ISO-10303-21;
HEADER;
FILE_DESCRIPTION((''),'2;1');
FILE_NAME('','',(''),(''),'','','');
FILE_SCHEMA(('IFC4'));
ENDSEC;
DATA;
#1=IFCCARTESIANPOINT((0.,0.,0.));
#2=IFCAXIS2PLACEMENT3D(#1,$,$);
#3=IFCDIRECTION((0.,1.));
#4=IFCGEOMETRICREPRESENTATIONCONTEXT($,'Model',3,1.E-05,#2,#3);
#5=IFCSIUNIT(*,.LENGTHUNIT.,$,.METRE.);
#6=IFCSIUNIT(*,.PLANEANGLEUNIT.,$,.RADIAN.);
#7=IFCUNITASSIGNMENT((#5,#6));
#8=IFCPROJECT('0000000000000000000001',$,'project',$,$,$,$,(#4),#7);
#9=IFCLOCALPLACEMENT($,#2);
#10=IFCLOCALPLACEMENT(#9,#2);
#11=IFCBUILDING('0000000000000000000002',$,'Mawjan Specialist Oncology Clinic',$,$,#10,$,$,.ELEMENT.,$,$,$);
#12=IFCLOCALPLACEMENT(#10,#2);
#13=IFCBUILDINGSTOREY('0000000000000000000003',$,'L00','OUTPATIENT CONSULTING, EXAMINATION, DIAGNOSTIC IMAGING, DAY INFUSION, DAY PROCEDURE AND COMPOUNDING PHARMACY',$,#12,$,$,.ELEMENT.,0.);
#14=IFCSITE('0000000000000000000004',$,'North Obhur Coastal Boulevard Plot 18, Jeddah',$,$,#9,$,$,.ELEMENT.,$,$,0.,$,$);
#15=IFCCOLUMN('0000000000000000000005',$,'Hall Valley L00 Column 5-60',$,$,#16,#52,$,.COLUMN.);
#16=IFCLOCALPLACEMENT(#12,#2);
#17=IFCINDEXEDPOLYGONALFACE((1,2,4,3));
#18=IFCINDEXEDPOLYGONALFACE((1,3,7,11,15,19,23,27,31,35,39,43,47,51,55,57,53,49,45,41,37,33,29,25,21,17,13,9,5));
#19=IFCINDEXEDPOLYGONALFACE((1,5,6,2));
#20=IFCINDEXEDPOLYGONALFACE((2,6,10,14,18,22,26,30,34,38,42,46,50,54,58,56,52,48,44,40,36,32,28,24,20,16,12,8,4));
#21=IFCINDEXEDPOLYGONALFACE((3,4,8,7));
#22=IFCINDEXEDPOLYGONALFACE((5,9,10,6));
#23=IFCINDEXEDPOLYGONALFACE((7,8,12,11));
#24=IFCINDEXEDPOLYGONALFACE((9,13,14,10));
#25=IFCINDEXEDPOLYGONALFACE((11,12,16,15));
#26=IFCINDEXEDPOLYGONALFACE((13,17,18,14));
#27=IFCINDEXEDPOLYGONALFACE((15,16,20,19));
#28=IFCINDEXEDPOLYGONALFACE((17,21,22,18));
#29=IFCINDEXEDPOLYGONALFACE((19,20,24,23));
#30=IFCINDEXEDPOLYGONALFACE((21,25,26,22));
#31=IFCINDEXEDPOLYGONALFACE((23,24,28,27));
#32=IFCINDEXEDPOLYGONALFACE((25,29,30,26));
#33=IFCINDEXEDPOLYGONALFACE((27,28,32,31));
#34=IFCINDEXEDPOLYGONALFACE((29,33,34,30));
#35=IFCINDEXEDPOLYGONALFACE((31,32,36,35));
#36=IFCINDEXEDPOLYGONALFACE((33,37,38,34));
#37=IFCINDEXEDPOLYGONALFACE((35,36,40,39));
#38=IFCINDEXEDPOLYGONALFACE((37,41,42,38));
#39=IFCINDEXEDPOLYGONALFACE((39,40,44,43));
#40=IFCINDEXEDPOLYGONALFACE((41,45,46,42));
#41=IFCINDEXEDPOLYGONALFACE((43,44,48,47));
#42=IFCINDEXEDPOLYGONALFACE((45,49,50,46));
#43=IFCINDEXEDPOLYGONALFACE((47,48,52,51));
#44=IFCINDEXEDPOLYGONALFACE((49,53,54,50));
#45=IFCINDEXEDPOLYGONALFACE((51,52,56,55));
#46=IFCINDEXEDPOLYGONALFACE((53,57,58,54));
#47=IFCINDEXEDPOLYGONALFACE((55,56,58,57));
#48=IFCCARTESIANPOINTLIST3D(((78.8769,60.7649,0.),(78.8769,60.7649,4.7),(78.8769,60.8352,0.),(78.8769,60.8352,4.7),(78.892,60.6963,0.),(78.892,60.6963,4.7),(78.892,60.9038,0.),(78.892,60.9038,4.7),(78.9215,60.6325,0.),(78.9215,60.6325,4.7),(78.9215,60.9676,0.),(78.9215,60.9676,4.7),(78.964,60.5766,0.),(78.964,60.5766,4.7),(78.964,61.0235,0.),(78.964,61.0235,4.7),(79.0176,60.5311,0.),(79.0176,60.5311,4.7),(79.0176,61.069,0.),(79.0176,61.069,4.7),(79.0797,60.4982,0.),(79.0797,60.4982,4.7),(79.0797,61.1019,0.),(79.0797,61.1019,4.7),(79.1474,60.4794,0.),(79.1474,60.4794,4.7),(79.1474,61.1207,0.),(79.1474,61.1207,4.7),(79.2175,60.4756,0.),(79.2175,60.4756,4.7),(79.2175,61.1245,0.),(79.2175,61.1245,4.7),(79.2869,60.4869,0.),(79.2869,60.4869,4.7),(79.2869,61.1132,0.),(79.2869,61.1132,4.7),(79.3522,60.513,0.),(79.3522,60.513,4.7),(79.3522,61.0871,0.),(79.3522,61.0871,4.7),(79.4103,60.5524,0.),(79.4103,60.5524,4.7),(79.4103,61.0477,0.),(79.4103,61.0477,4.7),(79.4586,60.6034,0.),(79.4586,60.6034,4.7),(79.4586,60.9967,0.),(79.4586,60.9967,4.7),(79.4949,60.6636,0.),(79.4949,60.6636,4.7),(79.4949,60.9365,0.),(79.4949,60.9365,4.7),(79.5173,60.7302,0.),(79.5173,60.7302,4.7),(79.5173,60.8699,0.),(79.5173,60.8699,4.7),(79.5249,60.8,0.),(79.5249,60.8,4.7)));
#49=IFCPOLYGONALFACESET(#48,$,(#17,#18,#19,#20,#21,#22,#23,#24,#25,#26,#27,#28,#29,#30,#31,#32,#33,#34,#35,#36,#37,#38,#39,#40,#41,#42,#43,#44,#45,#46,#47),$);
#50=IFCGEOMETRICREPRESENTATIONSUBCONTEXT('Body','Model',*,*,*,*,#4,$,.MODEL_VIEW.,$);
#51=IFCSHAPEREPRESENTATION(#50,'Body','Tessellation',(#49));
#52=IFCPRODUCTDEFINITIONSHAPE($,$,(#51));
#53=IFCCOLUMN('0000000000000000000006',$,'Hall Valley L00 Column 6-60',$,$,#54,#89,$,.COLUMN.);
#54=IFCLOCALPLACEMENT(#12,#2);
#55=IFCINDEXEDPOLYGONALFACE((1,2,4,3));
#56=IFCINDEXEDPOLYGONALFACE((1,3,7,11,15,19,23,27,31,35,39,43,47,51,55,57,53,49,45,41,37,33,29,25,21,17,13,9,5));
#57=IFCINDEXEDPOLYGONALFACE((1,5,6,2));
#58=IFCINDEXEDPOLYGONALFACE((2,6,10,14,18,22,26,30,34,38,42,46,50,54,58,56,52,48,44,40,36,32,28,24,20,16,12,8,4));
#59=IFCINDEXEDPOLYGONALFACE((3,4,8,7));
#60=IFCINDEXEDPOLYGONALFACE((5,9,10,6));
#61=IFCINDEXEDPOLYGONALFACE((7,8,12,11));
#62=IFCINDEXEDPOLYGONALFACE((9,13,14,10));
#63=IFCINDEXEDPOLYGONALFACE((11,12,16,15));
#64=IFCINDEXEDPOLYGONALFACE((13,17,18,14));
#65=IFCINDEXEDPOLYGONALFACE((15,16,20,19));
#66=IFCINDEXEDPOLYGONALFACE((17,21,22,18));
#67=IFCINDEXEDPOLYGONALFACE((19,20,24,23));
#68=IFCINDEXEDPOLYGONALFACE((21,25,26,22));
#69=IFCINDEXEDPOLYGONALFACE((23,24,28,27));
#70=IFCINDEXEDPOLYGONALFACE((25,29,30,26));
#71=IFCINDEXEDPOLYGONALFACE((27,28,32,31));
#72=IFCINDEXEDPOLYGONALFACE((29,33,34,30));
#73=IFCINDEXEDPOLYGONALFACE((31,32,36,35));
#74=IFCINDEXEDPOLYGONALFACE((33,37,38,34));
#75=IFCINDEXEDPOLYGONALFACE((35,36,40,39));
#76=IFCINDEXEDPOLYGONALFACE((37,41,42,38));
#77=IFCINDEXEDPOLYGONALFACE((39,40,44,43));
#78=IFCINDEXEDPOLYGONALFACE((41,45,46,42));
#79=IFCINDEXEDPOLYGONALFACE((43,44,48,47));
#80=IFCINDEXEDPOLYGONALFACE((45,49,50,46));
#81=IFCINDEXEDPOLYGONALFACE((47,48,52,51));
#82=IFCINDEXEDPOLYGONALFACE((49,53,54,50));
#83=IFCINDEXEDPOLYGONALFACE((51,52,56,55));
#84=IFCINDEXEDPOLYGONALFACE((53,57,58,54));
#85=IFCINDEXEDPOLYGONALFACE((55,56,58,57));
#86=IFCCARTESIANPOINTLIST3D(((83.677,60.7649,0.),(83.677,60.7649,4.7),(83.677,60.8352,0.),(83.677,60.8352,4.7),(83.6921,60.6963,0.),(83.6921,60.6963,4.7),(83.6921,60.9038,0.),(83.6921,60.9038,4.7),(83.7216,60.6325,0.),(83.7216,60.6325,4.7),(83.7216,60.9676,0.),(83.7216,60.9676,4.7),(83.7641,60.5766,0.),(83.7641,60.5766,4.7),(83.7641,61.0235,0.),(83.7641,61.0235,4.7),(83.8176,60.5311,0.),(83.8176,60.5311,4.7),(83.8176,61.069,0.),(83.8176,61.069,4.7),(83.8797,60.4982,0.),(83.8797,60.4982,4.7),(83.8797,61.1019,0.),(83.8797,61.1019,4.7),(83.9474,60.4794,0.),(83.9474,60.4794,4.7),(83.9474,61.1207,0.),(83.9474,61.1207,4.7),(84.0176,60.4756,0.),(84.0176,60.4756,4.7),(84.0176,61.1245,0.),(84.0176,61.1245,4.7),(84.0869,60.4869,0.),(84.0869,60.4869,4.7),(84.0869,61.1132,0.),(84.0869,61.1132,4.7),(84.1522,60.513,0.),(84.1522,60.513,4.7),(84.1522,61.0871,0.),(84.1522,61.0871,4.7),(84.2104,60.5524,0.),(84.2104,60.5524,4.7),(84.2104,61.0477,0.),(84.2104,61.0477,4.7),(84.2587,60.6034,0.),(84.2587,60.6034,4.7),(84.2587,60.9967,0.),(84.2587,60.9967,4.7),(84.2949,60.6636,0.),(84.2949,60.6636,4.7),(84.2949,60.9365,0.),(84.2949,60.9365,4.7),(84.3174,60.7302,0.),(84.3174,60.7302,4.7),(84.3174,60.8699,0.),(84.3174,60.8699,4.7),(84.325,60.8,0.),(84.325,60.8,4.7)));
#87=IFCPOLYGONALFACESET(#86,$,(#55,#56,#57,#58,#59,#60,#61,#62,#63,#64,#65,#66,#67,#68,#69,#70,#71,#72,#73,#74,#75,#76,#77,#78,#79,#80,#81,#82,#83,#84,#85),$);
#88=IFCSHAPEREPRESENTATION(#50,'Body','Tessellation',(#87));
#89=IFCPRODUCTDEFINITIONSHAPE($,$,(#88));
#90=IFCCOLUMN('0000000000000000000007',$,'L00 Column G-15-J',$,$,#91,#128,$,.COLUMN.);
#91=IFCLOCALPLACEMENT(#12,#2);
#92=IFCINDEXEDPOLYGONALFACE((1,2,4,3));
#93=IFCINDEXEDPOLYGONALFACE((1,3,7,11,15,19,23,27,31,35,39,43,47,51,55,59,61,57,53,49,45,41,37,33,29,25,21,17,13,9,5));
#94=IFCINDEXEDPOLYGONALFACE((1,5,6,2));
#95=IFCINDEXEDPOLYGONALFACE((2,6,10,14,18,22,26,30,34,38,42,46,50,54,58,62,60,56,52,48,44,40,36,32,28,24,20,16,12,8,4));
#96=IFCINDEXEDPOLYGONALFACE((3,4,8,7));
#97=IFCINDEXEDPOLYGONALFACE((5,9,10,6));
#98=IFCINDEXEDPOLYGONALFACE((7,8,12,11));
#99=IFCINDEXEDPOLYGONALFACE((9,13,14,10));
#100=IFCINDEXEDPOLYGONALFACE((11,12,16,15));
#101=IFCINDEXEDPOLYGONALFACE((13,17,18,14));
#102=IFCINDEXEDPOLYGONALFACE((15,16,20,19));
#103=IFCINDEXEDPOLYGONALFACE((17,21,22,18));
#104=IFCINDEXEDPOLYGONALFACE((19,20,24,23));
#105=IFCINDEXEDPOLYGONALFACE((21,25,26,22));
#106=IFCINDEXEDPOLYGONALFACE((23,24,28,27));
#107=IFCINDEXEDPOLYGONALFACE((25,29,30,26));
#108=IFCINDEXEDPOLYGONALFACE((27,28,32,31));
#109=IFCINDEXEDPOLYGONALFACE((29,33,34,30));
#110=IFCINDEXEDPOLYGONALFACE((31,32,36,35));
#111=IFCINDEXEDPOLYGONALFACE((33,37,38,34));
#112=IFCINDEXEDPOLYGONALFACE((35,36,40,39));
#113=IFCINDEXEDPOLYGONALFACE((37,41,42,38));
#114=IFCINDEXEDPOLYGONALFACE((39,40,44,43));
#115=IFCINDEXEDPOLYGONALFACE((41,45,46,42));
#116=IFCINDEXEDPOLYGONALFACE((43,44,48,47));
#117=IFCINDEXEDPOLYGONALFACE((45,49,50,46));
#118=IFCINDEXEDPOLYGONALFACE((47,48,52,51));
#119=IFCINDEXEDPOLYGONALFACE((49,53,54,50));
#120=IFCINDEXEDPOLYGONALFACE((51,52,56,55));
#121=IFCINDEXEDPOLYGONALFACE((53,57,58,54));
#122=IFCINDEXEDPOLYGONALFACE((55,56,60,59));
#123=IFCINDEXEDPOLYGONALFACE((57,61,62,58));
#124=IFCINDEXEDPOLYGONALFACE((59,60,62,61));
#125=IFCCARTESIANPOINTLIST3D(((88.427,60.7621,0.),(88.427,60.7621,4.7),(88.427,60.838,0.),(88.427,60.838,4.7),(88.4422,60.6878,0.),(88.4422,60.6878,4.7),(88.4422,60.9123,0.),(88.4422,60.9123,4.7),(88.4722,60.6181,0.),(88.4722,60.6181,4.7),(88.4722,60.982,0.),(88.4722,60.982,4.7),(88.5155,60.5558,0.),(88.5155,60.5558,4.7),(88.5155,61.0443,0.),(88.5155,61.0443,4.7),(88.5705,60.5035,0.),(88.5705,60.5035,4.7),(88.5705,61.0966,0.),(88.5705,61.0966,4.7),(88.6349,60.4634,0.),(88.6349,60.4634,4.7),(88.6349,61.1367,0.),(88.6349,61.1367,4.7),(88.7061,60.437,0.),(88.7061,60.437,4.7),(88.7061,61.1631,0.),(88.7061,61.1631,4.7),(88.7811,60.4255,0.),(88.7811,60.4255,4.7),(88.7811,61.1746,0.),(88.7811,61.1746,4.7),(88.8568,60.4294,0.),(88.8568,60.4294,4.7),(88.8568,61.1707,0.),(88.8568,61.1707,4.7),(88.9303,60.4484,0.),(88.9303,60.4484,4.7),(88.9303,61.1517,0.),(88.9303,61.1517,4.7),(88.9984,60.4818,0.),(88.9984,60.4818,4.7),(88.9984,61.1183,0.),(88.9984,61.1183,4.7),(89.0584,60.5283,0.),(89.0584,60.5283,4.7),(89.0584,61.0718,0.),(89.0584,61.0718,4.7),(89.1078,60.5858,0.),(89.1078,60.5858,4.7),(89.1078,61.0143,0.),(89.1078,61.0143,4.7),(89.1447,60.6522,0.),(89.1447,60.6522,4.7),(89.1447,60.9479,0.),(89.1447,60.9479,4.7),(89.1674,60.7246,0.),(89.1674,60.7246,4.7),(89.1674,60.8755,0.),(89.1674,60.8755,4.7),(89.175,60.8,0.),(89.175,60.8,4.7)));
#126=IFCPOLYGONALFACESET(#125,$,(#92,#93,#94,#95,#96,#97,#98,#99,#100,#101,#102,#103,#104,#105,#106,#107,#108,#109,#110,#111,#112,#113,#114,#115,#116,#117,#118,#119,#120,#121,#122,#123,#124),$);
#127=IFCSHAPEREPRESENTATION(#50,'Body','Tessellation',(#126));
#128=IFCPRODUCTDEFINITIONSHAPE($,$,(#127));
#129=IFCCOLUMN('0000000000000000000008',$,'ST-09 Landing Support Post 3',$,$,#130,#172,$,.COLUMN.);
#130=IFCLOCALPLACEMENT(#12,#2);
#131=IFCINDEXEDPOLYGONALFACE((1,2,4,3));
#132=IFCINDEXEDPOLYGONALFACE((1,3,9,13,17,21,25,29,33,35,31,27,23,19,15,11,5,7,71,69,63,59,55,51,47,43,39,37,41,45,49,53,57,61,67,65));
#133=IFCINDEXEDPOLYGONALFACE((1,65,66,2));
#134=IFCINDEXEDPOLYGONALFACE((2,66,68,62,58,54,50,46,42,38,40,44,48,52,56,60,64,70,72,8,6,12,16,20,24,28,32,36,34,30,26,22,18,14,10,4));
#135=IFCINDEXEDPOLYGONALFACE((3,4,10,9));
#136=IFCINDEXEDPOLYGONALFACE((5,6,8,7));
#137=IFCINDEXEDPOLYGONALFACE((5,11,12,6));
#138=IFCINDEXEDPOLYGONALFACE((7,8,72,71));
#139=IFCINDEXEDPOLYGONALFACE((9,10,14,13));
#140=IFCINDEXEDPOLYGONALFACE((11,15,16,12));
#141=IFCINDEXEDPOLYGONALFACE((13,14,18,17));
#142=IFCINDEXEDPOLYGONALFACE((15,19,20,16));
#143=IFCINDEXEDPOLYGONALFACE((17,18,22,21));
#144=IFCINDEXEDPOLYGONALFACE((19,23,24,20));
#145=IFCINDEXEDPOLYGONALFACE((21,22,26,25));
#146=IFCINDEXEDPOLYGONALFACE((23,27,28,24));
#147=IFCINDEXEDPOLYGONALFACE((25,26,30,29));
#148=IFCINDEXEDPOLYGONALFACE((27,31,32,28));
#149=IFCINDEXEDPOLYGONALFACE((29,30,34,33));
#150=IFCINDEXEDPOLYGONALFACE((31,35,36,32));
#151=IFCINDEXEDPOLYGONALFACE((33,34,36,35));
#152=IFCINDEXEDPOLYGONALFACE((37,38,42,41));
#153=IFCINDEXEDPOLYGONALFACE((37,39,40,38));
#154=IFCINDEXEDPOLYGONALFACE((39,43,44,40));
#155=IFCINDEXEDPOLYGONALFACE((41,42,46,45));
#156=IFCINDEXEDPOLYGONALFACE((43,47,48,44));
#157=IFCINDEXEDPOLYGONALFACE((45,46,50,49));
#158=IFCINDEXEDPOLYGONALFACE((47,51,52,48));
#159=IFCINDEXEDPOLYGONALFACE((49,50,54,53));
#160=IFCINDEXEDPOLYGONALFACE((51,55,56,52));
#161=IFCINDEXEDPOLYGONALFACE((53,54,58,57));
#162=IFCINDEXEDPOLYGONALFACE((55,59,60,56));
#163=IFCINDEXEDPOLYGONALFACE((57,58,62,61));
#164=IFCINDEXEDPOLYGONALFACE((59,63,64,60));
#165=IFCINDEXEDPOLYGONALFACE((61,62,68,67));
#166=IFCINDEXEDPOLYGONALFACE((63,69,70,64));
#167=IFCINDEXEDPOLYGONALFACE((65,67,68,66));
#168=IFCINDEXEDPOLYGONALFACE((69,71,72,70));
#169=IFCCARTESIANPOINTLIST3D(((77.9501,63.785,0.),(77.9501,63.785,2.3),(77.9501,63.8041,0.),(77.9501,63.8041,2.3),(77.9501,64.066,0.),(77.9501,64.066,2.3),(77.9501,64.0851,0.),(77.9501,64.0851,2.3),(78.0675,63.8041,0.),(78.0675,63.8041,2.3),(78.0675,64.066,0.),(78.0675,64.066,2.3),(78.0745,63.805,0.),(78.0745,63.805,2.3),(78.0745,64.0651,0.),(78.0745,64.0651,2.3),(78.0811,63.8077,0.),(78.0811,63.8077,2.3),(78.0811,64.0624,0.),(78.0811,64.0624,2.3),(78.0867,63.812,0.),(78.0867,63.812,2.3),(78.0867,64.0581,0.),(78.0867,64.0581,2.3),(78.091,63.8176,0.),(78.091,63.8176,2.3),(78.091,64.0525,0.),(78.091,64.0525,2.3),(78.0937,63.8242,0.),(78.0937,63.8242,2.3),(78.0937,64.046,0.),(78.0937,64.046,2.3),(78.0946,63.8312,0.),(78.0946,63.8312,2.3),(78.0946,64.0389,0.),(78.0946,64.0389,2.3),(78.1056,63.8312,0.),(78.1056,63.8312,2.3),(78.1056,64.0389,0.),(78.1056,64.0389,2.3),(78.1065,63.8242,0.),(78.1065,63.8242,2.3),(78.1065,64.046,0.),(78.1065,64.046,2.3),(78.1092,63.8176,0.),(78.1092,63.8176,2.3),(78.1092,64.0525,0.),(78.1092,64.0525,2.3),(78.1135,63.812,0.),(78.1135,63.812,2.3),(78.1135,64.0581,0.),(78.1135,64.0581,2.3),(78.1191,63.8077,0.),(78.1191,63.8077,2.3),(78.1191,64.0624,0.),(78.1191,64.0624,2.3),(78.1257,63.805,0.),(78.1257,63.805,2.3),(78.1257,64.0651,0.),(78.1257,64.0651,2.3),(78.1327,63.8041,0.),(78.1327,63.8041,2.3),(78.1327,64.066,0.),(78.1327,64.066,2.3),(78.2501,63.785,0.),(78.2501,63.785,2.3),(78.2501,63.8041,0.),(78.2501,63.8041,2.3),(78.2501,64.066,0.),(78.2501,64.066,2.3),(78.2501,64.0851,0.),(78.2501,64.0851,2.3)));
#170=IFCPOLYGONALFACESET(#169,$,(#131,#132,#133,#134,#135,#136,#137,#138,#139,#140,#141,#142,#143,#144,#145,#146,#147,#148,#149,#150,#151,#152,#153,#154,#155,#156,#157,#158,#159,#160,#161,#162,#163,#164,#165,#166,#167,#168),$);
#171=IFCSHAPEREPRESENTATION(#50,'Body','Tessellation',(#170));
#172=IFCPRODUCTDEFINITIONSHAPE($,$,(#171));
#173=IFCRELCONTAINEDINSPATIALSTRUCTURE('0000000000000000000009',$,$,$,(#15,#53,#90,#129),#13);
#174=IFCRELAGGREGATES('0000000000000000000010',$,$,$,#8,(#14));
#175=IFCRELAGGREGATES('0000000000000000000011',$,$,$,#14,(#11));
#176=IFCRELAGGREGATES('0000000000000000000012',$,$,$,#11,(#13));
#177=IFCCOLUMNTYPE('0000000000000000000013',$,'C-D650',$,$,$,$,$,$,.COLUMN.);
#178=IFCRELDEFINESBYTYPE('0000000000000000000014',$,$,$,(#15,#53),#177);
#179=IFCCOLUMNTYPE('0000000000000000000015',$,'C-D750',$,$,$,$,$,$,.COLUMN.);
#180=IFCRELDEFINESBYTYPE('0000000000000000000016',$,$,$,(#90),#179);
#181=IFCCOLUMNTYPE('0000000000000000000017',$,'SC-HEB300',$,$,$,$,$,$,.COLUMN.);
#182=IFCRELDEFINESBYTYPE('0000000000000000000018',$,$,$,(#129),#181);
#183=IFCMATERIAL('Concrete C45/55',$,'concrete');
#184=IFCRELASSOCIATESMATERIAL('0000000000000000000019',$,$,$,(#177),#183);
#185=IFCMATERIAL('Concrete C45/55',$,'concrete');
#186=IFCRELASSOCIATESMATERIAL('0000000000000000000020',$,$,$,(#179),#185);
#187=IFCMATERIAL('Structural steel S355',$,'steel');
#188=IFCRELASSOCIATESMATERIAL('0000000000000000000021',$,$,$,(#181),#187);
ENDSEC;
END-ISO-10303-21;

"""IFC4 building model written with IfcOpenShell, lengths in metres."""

from ifc_helpers import new_model, si_unit, direction, frame, origin, origin_2d, place, context, subcontext, project, spatial, circle, i_section, extrude, material, material_profile, profile_set, type_object, element, save


model = new_model("IFC4")

# Units and contexts
model_context = context("Model", 3, precision=1e-05, world=origin(), true_north=direction((0.0, 1.0)))
body_context = subcontext(model_context, "Body", "Model", "MODEL_VIEW")
ifc_project = project(units=[si_unit("LENGTHUNIT", "METRE"), si_unit("PLANEANGLEUNIT", "RADIAN")], contexts=[model_context])

# Site, building, storey
site_placement = place(None, origin())
site = spatial("IfcSite", under=ifc_project, at=site_placement, Name="North Obhur Coastal Boulevard Plot 18, Jeddah", CompositionType="ELEMENT", RefElevation=0.0)
building_placement = place(site_placement, origin())
building = spatial("IfcBuilding", under=site, at=building_placement, Name="Mawjan Specialist Oncology Clinic", CompositionType="ELEMENT")
storey_placement = place(building_placement, origin())
storey = spatial("IfcBuildingStorey", under=building, at=storey_placement, Name="L00", Description="OUTPATIENT CONSULTING, EXAMINATION, DIAGNOSTIC IMAGING, DAY INFUSION, DAY PROCEDURE AND COMPOUNDING PHARMACY", CompositionType="ELEMENT", Elevation=0.0)

# Columns
ifc_material_1 = material(Name="Concrete C45/55", Category="concrete")
ifc_material_profile_1 = material_profile(ifc_material_1, circle(Radius=0.325, at=origin_2d()), Name="RC COL D650", Category="concrete")
ifc_profile_set_1 = profile_set([ifc_material_profile_1], Name="Concrete C45/55")
column_type_1 = type_object("IfcColumnType", Name="C-D650", PredefinedType="COLUMN", material=ifc_profile_set_1)
for number, where, z_axis, x_axis, name in (
    (1, (79.2, 60.8, 0.0), (0.0, 0.0, 1.0), (1.0, 0.0, 0.0), "Hall Valley L00 Column 5-60"),
    (2, (84.0, 60.8, 0.0), (0.0, 0.0, 1.0), (1.0, 0.0, 0.0), "Hall Valley L00 Column 6-60"),
):
    element("IfcColumn", number, at=place(storey_placement, frame(where, z_axis=z_axis, x_axis=x_axis)), inside=storey, type_object=column_type_1, Name=name, PredefinedType="COLUMN", context=body_context, shape_type="SweptSolid", body=[
        extrude(circle(Radius=0.325, at=origin_2d()), origin(), (0.0, 0.0, 1.0), 4.7),
    ])
ifc_material_2 = material(Name="Concrete C45/55", Category="concrete")
ifc_material_profile_2 = material_profile(ifc_material_2, circle(Radius=0.375, at=origin_2d()), Name="RC COL D750", Category="concrete")
ifc_profile_set_2 = profile_set([ifc_material_profile_2], Name="Concrete C45/55")
column_type_2 = type_object("IfcColumnType", Name="C-D750", PredefinedType="COLUMN", material=ifc_profile_set_2)
column_1_placement = place(storey_placement, frame((88.8, 60.8, 0.0), z_axis=(0.0, 0.0, 1.0), x_axis=(1.0, 0.0, 0.0)))
element("IfcColumn", 3, at=column_1_placement, inside=storey, type_object=column_type_2, Name="L00 Column G-15-J", PredefinedType="COLUMN", context=body_context, shape_type="SweptSolid", body=[
    extrude(circle(Radius=0.375, at=origin_2d()), origin(), (0.0, 0.0, 1.0), 4.7),
])
ifc_material_3 = material(Name="Structural steel S355", Category="steel")
ifc_material_profile_3 = material_profile(ifc_material_3, i_section(OverallWidth=0.3, OverallDepth=0.3, WebThickness=0.011, FlangeThickness=0.019, FilletRadius=0.0271, at=origin_2d()), Name="HEB 300", Category="steel")
ifc_profile_set_3 = profile_set([ifc_material_profile_3], Name="Structural steel S355")
column_type_3 = type_object("IfcColumnType", Name="SC-HEB300", PredefinedType="COLUMN", material=ifc_profile_set_3)
column_2_placement = place(storey_placement, frame((78.1001, 63.9351, 0.0), z_axis=(0.0, 0.0, 1.0), x_axis=(1.0, 0.0, 0.0)))
element("IfcColumn", 4, at=column_2_placement, inside=storey, type_object=column_type_3, Name="ST-09 Landing Support Post 3", PredefinedType="COLUMN", context=body_context, shape_type="SweptSolid", body=[
    extrude(i_section(OverallWidth=0.3, OverallDepth=0.3, WebThickness=0.011, FlangeThickness=0.019, FilletRadius=0.0271, at=origin_2d()), origin(), (0.0, 0.0, 1.0), 2.3),
])

save(model, "model.ifc")
